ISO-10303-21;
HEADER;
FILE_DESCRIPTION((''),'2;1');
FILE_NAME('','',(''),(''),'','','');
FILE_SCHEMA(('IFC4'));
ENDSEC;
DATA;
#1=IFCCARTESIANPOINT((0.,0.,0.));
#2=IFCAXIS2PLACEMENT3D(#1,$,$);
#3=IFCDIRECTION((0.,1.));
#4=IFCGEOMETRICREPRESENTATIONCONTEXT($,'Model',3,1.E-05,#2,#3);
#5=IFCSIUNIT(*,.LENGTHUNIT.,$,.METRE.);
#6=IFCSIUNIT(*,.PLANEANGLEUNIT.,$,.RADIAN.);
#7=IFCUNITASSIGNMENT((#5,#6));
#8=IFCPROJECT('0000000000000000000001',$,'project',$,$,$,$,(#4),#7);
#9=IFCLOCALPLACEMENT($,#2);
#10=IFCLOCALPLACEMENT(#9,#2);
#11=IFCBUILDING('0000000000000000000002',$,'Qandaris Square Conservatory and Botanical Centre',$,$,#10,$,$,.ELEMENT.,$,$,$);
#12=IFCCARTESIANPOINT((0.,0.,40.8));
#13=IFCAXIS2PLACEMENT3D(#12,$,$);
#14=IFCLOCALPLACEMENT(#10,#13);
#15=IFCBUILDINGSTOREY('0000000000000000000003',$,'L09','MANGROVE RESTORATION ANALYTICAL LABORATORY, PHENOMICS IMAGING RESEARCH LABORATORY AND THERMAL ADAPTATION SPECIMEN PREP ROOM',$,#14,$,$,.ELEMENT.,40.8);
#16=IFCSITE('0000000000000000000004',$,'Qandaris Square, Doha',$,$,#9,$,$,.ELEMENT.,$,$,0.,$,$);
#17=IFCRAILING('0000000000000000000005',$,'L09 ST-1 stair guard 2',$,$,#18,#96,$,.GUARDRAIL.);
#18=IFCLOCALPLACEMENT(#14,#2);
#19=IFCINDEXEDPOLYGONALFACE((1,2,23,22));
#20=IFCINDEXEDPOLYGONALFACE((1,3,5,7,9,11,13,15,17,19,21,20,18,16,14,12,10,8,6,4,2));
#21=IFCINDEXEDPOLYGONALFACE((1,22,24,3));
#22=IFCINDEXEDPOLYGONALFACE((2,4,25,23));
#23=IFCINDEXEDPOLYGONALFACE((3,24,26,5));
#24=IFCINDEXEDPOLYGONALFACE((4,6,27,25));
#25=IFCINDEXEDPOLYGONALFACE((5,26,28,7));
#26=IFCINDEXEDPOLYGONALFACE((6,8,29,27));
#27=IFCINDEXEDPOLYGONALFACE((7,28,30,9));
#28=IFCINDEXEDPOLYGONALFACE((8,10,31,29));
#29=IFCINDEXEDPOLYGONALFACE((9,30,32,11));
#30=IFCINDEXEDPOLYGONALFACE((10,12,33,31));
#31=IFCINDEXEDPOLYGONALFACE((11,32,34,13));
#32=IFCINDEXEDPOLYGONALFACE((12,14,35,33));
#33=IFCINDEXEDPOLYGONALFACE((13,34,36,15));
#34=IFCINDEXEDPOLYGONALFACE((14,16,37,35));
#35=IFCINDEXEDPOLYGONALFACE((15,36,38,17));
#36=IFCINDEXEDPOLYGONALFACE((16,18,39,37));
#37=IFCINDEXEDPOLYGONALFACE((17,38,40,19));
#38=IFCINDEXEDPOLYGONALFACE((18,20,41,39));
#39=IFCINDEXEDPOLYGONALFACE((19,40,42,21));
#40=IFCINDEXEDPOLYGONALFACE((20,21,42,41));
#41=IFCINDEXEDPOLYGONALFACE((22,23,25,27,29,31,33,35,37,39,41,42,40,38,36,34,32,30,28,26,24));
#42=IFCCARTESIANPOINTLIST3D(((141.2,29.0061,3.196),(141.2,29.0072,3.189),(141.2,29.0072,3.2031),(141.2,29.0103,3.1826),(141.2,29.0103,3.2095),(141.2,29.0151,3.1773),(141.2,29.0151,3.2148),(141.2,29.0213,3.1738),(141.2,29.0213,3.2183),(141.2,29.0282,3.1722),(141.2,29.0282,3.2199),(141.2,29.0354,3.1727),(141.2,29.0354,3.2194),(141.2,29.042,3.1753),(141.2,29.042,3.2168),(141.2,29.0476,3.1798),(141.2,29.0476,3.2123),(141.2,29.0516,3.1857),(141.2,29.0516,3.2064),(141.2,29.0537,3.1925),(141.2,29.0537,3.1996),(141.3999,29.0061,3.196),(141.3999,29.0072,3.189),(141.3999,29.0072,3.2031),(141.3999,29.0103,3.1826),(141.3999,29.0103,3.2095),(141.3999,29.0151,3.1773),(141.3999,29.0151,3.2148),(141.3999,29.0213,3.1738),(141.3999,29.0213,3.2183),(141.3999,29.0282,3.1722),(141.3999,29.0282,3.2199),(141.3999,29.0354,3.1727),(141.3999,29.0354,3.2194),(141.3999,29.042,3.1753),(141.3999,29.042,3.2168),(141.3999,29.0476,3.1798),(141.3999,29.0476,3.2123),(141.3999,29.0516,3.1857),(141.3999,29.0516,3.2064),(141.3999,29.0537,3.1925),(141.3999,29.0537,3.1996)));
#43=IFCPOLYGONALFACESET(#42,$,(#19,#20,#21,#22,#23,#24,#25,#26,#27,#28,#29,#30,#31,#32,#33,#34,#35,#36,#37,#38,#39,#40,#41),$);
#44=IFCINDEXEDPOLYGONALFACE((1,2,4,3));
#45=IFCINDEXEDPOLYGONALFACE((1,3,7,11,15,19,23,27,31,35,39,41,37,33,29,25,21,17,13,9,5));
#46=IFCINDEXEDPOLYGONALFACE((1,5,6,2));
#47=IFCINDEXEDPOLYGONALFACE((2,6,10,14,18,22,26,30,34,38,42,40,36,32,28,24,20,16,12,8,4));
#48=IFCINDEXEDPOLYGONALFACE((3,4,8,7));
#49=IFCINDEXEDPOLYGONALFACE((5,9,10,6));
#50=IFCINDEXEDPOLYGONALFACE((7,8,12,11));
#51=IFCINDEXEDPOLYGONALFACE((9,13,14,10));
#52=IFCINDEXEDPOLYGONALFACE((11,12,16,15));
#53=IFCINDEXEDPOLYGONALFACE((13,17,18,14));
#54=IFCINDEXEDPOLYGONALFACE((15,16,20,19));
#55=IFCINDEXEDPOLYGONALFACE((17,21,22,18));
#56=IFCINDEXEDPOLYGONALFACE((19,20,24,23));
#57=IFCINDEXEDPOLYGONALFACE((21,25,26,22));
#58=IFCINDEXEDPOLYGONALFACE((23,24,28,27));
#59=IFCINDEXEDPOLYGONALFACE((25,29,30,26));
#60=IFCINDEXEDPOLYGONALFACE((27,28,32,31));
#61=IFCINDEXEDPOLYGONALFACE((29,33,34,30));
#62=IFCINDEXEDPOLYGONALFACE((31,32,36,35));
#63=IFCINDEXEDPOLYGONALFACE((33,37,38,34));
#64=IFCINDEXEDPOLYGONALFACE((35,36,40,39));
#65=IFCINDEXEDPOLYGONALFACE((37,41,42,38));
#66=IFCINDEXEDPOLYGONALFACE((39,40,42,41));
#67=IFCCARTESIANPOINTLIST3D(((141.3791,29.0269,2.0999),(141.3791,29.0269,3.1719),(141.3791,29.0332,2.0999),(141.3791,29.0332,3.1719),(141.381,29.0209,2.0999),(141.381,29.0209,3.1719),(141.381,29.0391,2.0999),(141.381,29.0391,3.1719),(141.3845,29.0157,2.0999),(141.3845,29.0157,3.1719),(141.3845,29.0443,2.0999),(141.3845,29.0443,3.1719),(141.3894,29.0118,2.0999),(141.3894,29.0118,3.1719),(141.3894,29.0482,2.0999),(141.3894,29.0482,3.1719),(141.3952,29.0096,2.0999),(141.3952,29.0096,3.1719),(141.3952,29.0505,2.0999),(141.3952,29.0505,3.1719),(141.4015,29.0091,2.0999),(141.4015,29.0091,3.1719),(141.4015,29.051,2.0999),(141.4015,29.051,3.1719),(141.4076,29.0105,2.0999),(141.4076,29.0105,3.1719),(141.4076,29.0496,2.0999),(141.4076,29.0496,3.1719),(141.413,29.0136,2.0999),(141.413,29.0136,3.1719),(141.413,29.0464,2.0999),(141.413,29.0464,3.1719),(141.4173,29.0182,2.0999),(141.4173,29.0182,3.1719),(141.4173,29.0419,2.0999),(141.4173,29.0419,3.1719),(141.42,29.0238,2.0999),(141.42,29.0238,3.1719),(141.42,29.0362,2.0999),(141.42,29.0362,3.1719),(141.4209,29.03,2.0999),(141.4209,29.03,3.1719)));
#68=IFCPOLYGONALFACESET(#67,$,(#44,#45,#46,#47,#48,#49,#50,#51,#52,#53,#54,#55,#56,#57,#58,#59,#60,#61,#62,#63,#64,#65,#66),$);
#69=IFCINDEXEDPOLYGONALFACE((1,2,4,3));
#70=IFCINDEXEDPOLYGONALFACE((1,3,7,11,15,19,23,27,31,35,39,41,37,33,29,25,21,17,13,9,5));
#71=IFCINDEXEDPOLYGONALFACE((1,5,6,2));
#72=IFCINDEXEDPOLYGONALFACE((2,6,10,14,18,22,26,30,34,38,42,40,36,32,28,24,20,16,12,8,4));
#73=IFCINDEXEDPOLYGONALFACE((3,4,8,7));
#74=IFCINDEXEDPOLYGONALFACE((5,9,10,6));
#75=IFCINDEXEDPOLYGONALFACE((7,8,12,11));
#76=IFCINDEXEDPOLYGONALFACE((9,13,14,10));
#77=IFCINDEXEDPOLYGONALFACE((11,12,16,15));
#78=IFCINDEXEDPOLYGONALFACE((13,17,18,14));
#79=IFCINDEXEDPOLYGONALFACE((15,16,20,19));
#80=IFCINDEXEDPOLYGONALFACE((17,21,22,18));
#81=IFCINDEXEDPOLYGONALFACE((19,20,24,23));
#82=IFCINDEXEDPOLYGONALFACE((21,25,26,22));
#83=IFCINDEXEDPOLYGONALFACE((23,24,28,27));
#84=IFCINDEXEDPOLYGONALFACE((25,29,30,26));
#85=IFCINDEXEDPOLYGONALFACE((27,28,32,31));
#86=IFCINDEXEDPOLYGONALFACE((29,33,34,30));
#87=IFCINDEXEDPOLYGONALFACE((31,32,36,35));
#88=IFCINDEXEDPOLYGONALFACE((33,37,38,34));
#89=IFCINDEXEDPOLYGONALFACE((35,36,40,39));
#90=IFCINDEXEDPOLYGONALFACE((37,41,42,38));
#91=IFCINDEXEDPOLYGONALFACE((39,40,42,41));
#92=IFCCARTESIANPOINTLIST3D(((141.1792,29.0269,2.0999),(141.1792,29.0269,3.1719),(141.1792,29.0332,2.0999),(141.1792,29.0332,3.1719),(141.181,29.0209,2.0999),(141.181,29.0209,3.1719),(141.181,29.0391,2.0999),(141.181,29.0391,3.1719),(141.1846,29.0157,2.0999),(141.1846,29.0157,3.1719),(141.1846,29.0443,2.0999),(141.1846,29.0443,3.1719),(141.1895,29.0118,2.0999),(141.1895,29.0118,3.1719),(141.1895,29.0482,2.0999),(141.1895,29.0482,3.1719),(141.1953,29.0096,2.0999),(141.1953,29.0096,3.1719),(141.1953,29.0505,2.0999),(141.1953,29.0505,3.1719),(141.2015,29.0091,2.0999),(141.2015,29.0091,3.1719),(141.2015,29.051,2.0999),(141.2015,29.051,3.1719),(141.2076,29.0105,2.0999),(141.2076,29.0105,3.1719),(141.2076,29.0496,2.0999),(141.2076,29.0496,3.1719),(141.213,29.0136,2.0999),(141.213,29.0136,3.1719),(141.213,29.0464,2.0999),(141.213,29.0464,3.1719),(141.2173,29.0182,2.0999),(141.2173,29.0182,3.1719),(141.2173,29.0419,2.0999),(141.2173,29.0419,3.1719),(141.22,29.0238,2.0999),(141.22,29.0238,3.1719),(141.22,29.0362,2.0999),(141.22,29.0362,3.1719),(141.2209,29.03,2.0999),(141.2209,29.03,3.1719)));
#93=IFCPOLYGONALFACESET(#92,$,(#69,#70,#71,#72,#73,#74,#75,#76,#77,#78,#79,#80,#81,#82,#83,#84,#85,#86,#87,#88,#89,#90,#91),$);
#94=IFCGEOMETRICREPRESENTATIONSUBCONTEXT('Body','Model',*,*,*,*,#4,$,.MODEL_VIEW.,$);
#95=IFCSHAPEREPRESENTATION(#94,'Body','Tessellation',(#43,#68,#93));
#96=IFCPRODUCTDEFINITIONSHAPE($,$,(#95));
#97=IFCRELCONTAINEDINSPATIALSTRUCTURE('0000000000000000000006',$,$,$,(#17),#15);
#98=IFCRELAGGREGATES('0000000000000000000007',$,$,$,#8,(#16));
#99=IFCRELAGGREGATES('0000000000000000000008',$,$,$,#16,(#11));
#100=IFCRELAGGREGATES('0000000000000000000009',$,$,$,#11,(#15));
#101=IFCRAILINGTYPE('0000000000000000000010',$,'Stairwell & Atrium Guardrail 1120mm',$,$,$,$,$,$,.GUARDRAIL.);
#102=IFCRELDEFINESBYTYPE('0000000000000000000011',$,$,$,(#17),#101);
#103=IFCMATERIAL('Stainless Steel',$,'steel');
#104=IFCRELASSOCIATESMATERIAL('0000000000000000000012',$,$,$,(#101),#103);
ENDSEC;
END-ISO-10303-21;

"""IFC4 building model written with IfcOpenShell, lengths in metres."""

from ifc_helpers import new_model, si_unit, direction, frame, origin, origin_2d, place, context, subcontext, project, spatial, circle, extrude, material, type_object, element, save


model = new_model("IFC4")

# Units and contexts
model_context = context("Model", 3, precision=1e-05, world=origin(), true_north=direction((0.0, 1.0)))
body_context = subcontext(model_context, "Body", "Model", "MODEL_VIEW")
ifc_project = project(units=[si_unit("LENGTHUNIT", "METRE"), si_unit("PLANEANGLEUNIT", "RADIAN")], contexts=[model_context])

# Site, building, storey
site_placement = place(None, origin())
site = spatial("IfcSite", under=ifc_project, at=site_placement, Name="Qandaris Square, Doha", CompositionType="ELEMENT", RefElevation=0.0)
building_placement = place(site_placement, origin())
building = spatial("IfcBuilding", under=site, at=building_placement, Name="Qandaris Square Conservatory and Botanical Centre", CompositionType="ELEMENT")
storey_placement = place(building_placement, frame((0.0, 0.0, 40.8)))
storey = spatial("IfcBuildingStorey", under=building, at=storey_placement, Name="L09", Description="MANGROVE RESTORATION ANALYTICAL LABORATORY, PHENOMICS IMAGING RESEARCH LABORATORY AND THERMAL ADAPTATION SPECIMEN PREP ROOM", CompositionType="ELEMENT", Elevation=40.8)

# Railing
ifc_material_1 = material(Name="Stainless Steel", Category="steel")
railing_type = type_object("IfcRailingType", Name="Stairwell & Atrium Guardrail 1120mm", PredefinedType="GUARDRAIL", material=ifc_material_1)
railing_1_placement = place(storey_placement, frame((141.3999, 29.03, 2.0999)))
element("IfcRailing", 1, at=railing_1_placement, inside=storey, type_object=railing_type, Name="L09 ST-1 stair guard 2", PredefinedType="GUARDRAIL", context=body_context, shape_type="SweptSolid", body=[
    extrude(circle(Radius=0.0239, at=origin_2d()), frame((0.0, 0.0, 1.0962), z_axis=(-1.0, 0.0, 0.0), x_axis=(0.0, -1.0, 0.0)), (0.0, 0.0, 1.0), 0.2),
    extrude(circle(Radius=0.021, at=origin_2d()), origin(), (0.0, 0.0, 1.0), 1.072),
    extrude(circle(Radius=0.021, at=origin_2d()), frame((-0.2, 0.0, 0.0)), (0.0, 0.0, 1.0), 1.072),
])

save(model, "model.ifc")
